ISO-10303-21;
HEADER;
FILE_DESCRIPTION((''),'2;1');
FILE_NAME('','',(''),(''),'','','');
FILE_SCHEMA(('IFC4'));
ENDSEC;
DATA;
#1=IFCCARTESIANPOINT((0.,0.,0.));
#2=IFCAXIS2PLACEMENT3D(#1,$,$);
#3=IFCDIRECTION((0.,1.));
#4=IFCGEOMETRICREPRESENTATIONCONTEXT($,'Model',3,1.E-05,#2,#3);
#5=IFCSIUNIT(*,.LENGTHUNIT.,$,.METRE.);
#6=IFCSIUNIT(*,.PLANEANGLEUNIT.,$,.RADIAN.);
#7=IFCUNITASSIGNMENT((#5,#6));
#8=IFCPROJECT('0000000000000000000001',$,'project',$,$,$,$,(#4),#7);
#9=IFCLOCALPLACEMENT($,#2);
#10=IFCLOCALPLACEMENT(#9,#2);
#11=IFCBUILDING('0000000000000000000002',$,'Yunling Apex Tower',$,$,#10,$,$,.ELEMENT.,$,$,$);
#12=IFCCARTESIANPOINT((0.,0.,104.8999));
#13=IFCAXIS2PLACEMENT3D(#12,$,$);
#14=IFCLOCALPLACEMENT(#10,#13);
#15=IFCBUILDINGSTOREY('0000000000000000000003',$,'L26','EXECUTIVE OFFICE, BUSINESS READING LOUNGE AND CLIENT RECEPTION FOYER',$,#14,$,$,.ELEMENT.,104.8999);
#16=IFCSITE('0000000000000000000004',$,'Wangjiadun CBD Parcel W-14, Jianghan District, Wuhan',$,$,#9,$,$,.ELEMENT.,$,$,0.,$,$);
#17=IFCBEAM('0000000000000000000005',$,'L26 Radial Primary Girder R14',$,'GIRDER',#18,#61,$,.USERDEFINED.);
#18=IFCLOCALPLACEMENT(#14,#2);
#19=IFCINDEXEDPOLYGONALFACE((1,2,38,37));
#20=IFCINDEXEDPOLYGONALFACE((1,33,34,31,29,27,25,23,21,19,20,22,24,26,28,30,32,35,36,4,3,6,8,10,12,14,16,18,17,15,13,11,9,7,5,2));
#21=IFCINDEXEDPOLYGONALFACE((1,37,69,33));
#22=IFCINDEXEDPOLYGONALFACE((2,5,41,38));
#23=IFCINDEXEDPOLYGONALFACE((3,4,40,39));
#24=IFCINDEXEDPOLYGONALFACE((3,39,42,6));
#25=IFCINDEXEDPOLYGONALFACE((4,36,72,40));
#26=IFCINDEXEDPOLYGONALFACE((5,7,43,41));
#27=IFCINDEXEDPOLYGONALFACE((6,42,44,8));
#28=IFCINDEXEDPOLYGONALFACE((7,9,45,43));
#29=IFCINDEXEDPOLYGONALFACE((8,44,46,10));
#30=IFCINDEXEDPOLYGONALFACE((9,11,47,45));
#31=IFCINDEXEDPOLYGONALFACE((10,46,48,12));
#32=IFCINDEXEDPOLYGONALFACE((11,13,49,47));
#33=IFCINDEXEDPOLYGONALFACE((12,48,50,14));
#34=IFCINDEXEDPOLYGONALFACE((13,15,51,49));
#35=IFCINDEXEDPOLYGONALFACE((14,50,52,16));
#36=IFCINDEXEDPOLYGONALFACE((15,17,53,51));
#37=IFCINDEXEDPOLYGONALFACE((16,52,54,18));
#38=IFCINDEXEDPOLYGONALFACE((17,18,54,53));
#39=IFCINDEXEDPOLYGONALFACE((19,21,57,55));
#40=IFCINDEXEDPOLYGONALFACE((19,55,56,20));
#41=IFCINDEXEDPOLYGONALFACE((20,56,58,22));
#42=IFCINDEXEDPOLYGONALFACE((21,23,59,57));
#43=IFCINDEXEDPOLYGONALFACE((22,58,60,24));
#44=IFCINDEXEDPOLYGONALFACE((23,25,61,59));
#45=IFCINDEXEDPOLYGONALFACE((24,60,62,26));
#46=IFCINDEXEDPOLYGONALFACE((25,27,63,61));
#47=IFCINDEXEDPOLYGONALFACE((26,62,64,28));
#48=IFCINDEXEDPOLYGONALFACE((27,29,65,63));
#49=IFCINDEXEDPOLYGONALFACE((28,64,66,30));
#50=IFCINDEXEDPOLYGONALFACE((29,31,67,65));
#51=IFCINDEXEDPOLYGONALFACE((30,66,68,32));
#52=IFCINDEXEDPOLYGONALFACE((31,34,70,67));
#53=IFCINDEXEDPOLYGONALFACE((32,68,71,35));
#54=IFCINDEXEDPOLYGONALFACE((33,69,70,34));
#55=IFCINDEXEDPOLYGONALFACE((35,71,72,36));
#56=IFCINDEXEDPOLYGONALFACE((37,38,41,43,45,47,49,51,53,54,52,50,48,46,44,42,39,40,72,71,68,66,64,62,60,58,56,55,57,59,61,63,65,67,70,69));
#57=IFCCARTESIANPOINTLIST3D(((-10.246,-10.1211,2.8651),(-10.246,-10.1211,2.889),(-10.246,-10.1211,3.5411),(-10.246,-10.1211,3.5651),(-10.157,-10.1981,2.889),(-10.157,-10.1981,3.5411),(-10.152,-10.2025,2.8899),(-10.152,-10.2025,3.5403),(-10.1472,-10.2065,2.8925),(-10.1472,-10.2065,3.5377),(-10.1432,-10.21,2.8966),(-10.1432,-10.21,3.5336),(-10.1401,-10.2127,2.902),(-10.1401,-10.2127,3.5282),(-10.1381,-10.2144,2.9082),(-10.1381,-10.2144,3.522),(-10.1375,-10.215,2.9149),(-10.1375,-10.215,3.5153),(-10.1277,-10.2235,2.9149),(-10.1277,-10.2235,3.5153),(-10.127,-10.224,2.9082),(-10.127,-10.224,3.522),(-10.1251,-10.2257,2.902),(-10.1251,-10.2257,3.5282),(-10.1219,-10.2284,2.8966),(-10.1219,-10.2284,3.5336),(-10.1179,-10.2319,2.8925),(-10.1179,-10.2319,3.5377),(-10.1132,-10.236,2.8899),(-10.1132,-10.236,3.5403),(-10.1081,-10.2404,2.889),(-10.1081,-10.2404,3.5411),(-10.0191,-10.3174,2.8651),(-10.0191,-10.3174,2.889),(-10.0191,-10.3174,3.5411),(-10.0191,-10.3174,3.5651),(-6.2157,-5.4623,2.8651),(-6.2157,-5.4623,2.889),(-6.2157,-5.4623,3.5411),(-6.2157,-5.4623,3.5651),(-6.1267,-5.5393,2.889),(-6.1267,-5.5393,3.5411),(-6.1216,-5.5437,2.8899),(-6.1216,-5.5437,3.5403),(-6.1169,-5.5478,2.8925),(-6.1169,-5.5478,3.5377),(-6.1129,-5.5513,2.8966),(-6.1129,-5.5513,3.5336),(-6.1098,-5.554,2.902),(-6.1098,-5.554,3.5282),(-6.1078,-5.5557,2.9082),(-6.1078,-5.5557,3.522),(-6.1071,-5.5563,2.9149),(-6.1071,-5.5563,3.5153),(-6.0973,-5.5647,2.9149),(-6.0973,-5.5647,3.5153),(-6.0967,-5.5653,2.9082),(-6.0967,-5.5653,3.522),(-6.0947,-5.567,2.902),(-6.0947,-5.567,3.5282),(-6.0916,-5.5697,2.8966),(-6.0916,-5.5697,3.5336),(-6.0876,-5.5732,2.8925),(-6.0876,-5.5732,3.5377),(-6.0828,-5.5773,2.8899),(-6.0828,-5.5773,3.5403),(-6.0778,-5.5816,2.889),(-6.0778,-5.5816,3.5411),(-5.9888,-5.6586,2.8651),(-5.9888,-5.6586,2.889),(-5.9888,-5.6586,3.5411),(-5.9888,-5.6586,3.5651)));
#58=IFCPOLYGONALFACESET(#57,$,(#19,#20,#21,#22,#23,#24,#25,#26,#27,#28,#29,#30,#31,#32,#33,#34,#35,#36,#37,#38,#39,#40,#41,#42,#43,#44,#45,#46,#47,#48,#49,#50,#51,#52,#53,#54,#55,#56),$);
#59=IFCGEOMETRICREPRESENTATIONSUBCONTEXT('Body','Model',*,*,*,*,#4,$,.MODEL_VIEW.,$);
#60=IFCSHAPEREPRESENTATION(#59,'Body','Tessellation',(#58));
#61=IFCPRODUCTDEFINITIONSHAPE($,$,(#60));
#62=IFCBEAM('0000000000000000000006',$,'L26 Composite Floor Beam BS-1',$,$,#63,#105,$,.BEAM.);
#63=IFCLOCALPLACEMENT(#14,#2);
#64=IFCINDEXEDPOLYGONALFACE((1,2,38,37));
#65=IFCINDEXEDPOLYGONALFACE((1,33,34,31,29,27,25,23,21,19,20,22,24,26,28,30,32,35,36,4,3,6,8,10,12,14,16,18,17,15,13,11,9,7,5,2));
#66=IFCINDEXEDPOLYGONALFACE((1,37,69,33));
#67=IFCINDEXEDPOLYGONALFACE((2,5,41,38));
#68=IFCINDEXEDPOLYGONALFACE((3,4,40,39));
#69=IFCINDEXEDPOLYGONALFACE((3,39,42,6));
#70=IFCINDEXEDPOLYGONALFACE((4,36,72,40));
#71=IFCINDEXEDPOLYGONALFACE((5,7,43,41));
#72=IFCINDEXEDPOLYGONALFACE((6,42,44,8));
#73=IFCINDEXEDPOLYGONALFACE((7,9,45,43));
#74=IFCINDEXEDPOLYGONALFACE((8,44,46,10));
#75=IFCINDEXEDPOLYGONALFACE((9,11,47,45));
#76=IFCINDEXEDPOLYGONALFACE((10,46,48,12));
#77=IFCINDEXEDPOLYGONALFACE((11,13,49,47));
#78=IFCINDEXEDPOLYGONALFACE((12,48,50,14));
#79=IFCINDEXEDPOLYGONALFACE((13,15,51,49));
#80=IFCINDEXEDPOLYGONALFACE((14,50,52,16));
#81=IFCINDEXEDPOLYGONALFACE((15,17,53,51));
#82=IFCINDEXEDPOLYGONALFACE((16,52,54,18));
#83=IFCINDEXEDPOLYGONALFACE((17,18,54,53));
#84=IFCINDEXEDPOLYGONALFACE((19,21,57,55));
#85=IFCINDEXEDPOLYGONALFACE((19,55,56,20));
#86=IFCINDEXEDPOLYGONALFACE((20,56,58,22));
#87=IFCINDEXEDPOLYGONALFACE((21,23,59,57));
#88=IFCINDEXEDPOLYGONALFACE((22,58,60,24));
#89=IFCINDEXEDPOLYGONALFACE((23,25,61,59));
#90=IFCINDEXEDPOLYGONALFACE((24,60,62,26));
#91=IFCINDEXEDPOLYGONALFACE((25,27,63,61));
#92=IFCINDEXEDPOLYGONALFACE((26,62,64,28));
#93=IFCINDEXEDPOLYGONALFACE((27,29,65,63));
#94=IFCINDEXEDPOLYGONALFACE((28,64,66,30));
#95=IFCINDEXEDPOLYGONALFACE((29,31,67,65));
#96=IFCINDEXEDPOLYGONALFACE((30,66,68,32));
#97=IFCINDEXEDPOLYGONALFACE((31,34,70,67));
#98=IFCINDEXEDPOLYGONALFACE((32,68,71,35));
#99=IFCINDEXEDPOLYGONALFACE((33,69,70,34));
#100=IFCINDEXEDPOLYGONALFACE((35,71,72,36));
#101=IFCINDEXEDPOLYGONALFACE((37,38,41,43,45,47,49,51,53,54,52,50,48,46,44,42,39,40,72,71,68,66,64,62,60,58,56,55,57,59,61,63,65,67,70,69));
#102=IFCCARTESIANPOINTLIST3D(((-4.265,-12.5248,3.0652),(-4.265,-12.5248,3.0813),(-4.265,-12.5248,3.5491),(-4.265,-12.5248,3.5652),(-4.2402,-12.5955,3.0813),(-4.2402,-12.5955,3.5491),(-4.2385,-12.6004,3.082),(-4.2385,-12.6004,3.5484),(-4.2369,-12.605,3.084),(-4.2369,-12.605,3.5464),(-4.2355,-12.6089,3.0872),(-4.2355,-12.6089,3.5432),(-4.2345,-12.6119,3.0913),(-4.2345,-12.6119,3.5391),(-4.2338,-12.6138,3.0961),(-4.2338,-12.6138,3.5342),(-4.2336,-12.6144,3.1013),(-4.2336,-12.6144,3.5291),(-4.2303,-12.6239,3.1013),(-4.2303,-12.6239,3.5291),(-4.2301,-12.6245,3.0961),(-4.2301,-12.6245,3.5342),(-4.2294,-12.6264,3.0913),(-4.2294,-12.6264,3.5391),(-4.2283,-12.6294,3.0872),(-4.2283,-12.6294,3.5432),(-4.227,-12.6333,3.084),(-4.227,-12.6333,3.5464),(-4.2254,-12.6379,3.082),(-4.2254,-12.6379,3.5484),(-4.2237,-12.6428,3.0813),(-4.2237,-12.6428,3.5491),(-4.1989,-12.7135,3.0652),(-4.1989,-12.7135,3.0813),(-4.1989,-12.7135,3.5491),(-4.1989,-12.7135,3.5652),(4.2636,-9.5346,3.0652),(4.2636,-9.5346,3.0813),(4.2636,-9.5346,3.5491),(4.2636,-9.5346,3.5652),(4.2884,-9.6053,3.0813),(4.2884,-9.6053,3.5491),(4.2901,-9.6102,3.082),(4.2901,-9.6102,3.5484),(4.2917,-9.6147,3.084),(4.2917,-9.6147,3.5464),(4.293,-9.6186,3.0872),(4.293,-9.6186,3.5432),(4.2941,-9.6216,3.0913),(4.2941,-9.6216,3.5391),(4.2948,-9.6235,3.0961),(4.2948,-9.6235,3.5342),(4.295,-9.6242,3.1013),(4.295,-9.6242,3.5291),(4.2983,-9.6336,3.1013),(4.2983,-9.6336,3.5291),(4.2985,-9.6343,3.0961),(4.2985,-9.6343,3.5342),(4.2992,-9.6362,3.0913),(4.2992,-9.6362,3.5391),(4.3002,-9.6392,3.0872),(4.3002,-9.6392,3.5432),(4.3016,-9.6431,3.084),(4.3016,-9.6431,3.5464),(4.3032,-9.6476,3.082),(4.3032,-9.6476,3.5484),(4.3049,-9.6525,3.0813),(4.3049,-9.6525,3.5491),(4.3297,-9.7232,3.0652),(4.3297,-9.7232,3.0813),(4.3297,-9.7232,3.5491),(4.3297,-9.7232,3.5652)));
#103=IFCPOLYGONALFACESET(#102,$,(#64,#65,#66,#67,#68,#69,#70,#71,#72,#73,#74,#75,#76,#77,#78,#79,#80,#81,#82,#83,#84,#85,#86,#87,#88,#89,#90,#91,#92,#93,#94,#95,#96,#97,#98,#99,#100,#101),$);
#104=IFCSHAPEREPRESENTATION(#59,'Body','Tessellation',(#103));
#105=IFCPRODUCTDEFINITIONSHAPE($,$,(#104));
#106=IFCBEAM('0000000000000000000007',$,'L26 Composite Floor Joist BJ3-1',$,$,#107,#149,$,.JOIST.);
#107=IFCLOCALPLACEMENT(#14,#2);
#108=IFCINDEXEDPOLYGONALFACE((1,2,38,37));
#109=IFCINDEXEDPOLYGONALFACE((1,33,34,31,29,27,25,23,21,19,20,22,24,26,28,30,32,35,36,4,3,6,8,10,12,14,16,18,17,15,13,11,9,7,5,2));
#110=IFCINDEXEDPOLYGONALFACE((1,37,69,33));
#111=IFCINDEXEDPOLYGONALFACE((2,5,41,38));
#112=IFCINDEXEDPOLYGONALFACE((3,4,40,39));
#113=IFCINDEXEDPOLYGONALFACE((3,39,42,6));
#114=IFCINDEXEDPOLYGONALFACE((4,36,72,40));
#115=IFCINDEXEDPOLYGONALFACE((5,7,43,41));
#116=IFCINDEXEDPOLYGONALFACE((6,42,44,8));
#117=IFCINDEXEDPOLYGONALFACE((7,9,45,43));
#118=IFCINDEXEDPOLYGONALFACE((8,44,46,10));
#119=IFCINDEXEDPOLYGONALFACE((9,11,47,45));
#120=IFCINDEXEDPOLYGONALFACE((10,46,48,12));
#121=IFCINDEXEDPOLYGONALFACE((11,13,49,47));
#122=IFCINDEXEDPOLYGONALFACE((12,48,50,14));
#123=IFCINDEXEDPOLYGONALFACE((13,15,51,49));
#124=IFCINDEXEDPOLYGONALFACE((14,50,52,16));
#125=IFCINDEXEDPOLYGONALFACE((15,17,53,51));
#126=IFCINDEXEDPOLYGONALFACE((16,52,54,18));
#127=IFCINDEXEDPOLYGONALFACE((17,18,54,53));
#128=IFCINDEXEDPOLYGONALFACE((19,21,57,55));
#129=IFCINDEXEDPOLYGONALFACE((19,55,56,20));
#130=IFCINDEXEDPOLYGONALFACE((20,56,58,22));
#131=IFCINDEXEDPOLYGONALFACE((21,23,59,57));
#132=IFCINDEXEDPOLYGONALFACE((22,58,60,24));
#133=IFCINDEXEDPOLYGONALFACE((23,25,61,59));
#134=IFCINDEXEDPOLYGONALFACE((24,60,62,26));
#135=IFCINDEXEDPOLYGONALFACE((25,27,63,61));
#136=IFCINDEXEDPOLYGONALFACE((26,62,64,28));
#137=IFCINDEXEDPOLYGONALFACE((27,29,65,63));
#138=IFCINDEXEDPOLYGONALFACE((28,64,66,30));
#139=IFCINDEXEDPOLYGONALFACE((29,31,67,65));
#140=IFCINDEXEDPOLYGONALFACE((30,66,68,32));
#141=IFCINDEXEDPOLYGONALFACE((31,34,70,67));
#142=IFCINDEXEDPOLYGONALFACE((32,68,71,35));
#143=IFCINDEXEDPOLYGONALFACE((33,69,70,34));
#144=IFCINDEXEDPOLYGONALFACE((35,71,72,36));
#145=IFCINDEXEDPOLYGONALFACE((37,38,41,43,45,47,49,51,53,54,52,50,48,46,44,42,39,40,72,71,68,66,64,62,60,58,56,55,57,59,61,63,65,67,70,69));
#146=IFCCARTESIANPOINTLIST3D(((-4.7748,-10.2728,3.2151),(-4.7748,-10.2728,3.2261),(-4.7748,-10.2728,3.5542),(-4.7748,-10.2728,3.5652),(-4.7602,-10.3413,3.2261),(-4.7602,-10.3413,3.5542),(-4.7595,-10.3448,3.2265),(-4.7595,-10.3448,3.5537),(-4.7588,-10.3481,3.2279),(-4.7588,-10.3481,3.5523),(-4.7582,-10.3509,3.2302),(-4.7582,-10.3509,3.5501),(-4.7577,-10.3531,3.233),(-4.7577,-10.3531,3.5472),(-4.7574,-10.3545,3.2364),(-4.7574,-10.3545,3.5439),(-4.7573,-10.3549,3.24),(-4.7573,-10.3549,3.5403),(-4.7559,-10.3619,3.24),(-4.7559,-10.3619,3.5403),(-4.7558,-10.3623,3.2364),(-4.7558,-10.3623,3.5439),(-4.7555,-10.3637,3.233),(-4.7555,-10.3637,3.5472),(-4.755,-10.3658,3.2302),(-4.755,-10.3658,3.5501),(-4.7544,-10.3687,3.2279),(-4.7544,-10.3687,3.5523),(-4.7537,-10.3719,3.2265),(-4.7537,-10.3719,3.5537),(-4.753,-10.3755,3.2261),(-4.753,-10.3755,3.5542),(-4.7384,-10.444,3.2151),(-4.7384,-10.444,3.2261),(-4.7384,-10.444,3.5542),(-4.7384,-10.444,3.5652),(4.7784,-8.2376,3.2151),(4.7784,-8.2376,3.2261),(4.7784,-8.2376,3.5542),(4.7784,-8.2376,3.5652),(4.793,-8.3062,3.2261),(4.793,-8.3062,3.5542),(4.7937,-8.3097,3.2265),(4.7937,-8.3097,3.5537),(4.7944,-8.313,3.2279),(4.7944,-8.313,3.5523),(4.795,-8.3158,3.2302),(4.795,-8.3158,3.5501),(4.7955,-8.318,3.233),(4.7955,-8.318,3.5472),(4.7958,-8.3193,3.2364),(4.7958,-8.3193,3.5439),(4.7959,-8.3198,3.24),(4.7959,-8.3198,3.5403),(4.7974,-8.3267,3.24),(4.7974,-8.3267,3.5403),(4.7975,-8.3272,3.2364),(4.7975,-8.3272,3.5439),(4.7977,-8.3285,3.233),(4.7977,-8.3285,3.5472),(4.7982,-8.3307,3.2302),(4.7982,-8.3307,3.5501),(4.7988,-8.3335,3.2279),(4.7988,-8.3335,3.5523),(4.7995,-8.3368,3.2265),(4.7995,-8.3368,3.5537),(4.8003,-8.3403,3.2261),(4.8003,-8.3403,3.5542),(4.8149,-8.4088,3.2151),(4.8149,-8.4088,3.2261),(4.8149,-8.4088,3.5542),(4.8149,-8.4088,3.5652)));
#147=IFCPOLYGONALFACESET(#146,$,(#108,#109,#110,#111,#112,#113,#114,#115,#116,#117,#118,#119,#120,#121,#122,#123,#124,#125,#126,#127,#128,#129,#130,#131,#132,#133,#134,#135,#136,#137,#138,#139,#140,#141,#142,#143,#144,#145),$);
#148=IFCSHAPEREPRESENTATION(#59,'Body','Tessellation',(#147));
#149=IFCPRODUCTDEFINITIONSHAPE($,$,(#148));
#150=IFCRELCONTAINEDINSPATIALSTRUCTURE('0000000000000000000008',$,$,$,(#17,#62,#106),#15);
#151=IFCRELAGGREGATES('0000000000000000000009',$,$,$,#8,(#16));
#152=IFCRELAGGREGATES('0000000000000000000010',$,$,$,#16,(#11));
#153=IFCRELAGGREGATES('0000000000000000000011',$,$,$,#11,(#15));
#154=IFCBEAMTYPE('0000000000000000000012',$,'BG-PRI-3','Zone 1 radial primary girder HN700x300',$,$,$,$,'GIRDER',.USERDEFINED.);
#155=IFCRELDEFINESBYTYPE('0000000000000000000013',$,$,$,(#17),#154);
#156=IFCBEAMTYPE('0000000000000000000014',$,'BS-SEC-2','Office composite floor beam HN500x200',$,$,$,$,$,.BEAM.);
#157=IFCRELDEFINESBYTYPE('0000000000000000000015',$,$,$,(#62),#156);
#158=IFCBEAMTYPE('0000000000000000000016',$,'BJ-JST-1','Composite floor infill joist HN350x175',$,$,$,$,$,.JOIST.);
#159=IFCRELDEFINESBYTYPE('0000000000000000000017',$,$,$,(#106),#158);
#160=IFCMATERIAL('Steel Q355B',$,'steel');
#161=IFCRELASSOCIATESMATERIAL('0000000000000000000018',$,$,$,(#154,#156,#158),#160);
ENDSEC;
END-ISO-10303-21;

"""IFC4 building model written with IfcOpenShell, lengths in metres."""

from ifc_helpers import new_model, si_unit, direction, frame, origin, origin_2d, place, context, subcontext, project, spatial, i_section, extrude, source, transform, mapped, material, material_profile, profile_set, type_object, element, save


model = new_model("IFC4")

# Units and contexts
model_context = context("Model", 3, precision=1e-05, world=origin(), true_north=direction((0.0, 1.0)))
body_context = subcontext(model_context, "Body", "Model", "MODEL_VIEW")
ifc_project = project(units=[si_unit("LENGTHUNIT", "METRE"), si_unit("PLANEANGLEUNIT", "RADIAN")], contexts=[model_context])

# Site, building, storey
site_placement = place(None, origin())
site = spatial("IfcSite", under=ifc_project, at=site_placement, Name="Wangjiadun CBD Parcel W-14, Jianghan District, Wuhan", CompositionType="ELEMENT", RefElevation=0.0)
building_placement = place(site_placement, origin())
building = spatial("IfcBuilding", under=site, at=building_placement, Name="Yunling Apex Tower", CompositionType="ELEMENT")
storey_placement = place(building_placement, frame((0.0, 0.0, 104.8999)))
storey = spatial("IfcBuildingStorey", under=building, at=storey_placement, Name="L26", Description="EXECUTIVE OFFICE, BUSINESS READING LOUNGE AND CLIENT RECEPTION FOYER", CompositionType="ELEMENT", Elevation=104.8999)

# Beams
ifc_material_1 = material(Name="Steel Q355B", Category="steel")
ifc_material_profile_1 = material_profile(ifc_material_1, i_section(OverallWidth=0.3, OverallDepth=0.7, WebThickness=0.0129, FlangeThickness=0.0239, FilletRadius=0.0259, at=origin_2d()))
ifc_profile_set_1 = profile_set([ifc_material_profile_1], Name="Steel Q355B")
beam_type_1 = type_object("IfcBeamType", Name="BG-PRI-3", Description="Zone 1 radial primary girder HN700x300", ElementType="GIRDER", PredefinedType="USERDEFINED", material=ifc_profile_set_1)
shared_shape_1 = source(origin(), body_context, "Body", "SweptSolid", [
    extrude(i_section(OverallWidth=0.3, OverallDepth=0.7, WebThickness=0.0129, FlangeThickness=0.0239, FilletRadius=0.0259, at=origin_2d()), origin(), (0.0, 0.0, 1.0), 6.1602),
])
beam_1_placement = place(storey_placement, frame((-10.1326, -10.2192, 3.2151), z_axis=(0.654257, 0.756272, 0.0), x_axis=(-0.756272, 0.654257, 0.0)))
element("IfcBeam", 1, at=beam_1_placement, inside=storey, type_object=beam_type_1, Name="L26 Radial Primary Girder R14", ObjectType="GIRDER", PredefinedType="USERDEFINED", context=body_context, shape_type="MappedRepresentation", body=[
    mapped(shared_shape_1, transform((0.0, 0.0, 0.0), scale=1.0)),
])
ifc_material_profile_2 = material_profile(ifc_material_1, i_section(OverallWidth=0.2, OverallDepth=0.5, WebThickness=0.01, FlangeThickness=0.0161, FilletRadius=0.02, at=origin_2d()))
ifc_profile_set_2 = profile_set([ifc_material_profile_2], Name="Steel Q355B")
beam_type_2 = type_object("IfcBeamType", Name="BS-SEC-2", Description="Office composite floor beam HN500x200", PredefinedType="BEAM", material=ifc_profile_set_2)
shared_shape_2 = source(origin(), body_context, "Body", "SweptSolid", [
    extrude(i_section(OverallWidth=0.2, OverallDepth=0.5, WebThickness=0.01, FlangeThickness=0.0161, FilletRadius=0.02, at=origin_2d()), origin(), (0.0, 0.0, 1.0), 9.0376),
])
beam_2_placement = place(storey_placement, frame((-4.2319, -12.6191, 3.3152), z_axis=(0.943678, 0.330867, 0.0), x_axis=(-0.330867, 0.943678, 0.0)))
element("IfcBeam", 2, at=beam_2_placement, inside=storey, type_object=beam_type_2, Name="L26 Composite Floor Beam BS-1", PredefinedType="BEAM", context=body_context, shape_type="MappedRepresentation", body=[
    mapped(shared_shape_2, transform((0.0, 0.0, 0.0), scale=1.0)),
])
ifc_material_profile_3 = material_profile(ifc_material_1, i_section(OverallWidth=0.175, OverallDepth=0.3501, WebThickness=0.0071, FlangeThickness=0.011, FilletRadius=0.0139, at=origin_2d()))
ifc_profile_set_3 = profile_set([ifc_material_profile_3], Name="Steel Q355B")
beam_type_3 = type_object("IfcBeamType", Name="BJ-JST-1", Description="Composite floor infill joist HN350x175", PredefinedType="JOIST", material=ifc_profile_set_3)
shared_shape_3 = source(origin(), body_context, "Body", "SweptSolid", [
    extrude(i_section(OverallWidth=0.175, OverallDepth=0.3501, WebThickness=0.0071, FlangeThickness=0.011, FilletRadius=0.0139, at=origin_2d()), origin(), (0.0, 0.0, 1.0), 9.7676),
])
beam_3_placement = place(storey_placement, frame((-4.7566, -10.3584, 3.3901), z_axis=(0.978053, 0.208358, 0.0), x_axis=(-0.208358, 0.978053, 0.0)))
element("IfcBeam", 3, at=beam_3_placement, inside=storey, type_object=beam_type_3, Name="L26 Composite Floor Joist BJ3-1", PredefinedType="JOIST", context=body_context, shape_type="MappedRepresentation", body=[
    mapped(shared_shape_3, transform((0.0, 0.0, 0.0), scale=1.0)),
])

save(model, "model.ifc")
